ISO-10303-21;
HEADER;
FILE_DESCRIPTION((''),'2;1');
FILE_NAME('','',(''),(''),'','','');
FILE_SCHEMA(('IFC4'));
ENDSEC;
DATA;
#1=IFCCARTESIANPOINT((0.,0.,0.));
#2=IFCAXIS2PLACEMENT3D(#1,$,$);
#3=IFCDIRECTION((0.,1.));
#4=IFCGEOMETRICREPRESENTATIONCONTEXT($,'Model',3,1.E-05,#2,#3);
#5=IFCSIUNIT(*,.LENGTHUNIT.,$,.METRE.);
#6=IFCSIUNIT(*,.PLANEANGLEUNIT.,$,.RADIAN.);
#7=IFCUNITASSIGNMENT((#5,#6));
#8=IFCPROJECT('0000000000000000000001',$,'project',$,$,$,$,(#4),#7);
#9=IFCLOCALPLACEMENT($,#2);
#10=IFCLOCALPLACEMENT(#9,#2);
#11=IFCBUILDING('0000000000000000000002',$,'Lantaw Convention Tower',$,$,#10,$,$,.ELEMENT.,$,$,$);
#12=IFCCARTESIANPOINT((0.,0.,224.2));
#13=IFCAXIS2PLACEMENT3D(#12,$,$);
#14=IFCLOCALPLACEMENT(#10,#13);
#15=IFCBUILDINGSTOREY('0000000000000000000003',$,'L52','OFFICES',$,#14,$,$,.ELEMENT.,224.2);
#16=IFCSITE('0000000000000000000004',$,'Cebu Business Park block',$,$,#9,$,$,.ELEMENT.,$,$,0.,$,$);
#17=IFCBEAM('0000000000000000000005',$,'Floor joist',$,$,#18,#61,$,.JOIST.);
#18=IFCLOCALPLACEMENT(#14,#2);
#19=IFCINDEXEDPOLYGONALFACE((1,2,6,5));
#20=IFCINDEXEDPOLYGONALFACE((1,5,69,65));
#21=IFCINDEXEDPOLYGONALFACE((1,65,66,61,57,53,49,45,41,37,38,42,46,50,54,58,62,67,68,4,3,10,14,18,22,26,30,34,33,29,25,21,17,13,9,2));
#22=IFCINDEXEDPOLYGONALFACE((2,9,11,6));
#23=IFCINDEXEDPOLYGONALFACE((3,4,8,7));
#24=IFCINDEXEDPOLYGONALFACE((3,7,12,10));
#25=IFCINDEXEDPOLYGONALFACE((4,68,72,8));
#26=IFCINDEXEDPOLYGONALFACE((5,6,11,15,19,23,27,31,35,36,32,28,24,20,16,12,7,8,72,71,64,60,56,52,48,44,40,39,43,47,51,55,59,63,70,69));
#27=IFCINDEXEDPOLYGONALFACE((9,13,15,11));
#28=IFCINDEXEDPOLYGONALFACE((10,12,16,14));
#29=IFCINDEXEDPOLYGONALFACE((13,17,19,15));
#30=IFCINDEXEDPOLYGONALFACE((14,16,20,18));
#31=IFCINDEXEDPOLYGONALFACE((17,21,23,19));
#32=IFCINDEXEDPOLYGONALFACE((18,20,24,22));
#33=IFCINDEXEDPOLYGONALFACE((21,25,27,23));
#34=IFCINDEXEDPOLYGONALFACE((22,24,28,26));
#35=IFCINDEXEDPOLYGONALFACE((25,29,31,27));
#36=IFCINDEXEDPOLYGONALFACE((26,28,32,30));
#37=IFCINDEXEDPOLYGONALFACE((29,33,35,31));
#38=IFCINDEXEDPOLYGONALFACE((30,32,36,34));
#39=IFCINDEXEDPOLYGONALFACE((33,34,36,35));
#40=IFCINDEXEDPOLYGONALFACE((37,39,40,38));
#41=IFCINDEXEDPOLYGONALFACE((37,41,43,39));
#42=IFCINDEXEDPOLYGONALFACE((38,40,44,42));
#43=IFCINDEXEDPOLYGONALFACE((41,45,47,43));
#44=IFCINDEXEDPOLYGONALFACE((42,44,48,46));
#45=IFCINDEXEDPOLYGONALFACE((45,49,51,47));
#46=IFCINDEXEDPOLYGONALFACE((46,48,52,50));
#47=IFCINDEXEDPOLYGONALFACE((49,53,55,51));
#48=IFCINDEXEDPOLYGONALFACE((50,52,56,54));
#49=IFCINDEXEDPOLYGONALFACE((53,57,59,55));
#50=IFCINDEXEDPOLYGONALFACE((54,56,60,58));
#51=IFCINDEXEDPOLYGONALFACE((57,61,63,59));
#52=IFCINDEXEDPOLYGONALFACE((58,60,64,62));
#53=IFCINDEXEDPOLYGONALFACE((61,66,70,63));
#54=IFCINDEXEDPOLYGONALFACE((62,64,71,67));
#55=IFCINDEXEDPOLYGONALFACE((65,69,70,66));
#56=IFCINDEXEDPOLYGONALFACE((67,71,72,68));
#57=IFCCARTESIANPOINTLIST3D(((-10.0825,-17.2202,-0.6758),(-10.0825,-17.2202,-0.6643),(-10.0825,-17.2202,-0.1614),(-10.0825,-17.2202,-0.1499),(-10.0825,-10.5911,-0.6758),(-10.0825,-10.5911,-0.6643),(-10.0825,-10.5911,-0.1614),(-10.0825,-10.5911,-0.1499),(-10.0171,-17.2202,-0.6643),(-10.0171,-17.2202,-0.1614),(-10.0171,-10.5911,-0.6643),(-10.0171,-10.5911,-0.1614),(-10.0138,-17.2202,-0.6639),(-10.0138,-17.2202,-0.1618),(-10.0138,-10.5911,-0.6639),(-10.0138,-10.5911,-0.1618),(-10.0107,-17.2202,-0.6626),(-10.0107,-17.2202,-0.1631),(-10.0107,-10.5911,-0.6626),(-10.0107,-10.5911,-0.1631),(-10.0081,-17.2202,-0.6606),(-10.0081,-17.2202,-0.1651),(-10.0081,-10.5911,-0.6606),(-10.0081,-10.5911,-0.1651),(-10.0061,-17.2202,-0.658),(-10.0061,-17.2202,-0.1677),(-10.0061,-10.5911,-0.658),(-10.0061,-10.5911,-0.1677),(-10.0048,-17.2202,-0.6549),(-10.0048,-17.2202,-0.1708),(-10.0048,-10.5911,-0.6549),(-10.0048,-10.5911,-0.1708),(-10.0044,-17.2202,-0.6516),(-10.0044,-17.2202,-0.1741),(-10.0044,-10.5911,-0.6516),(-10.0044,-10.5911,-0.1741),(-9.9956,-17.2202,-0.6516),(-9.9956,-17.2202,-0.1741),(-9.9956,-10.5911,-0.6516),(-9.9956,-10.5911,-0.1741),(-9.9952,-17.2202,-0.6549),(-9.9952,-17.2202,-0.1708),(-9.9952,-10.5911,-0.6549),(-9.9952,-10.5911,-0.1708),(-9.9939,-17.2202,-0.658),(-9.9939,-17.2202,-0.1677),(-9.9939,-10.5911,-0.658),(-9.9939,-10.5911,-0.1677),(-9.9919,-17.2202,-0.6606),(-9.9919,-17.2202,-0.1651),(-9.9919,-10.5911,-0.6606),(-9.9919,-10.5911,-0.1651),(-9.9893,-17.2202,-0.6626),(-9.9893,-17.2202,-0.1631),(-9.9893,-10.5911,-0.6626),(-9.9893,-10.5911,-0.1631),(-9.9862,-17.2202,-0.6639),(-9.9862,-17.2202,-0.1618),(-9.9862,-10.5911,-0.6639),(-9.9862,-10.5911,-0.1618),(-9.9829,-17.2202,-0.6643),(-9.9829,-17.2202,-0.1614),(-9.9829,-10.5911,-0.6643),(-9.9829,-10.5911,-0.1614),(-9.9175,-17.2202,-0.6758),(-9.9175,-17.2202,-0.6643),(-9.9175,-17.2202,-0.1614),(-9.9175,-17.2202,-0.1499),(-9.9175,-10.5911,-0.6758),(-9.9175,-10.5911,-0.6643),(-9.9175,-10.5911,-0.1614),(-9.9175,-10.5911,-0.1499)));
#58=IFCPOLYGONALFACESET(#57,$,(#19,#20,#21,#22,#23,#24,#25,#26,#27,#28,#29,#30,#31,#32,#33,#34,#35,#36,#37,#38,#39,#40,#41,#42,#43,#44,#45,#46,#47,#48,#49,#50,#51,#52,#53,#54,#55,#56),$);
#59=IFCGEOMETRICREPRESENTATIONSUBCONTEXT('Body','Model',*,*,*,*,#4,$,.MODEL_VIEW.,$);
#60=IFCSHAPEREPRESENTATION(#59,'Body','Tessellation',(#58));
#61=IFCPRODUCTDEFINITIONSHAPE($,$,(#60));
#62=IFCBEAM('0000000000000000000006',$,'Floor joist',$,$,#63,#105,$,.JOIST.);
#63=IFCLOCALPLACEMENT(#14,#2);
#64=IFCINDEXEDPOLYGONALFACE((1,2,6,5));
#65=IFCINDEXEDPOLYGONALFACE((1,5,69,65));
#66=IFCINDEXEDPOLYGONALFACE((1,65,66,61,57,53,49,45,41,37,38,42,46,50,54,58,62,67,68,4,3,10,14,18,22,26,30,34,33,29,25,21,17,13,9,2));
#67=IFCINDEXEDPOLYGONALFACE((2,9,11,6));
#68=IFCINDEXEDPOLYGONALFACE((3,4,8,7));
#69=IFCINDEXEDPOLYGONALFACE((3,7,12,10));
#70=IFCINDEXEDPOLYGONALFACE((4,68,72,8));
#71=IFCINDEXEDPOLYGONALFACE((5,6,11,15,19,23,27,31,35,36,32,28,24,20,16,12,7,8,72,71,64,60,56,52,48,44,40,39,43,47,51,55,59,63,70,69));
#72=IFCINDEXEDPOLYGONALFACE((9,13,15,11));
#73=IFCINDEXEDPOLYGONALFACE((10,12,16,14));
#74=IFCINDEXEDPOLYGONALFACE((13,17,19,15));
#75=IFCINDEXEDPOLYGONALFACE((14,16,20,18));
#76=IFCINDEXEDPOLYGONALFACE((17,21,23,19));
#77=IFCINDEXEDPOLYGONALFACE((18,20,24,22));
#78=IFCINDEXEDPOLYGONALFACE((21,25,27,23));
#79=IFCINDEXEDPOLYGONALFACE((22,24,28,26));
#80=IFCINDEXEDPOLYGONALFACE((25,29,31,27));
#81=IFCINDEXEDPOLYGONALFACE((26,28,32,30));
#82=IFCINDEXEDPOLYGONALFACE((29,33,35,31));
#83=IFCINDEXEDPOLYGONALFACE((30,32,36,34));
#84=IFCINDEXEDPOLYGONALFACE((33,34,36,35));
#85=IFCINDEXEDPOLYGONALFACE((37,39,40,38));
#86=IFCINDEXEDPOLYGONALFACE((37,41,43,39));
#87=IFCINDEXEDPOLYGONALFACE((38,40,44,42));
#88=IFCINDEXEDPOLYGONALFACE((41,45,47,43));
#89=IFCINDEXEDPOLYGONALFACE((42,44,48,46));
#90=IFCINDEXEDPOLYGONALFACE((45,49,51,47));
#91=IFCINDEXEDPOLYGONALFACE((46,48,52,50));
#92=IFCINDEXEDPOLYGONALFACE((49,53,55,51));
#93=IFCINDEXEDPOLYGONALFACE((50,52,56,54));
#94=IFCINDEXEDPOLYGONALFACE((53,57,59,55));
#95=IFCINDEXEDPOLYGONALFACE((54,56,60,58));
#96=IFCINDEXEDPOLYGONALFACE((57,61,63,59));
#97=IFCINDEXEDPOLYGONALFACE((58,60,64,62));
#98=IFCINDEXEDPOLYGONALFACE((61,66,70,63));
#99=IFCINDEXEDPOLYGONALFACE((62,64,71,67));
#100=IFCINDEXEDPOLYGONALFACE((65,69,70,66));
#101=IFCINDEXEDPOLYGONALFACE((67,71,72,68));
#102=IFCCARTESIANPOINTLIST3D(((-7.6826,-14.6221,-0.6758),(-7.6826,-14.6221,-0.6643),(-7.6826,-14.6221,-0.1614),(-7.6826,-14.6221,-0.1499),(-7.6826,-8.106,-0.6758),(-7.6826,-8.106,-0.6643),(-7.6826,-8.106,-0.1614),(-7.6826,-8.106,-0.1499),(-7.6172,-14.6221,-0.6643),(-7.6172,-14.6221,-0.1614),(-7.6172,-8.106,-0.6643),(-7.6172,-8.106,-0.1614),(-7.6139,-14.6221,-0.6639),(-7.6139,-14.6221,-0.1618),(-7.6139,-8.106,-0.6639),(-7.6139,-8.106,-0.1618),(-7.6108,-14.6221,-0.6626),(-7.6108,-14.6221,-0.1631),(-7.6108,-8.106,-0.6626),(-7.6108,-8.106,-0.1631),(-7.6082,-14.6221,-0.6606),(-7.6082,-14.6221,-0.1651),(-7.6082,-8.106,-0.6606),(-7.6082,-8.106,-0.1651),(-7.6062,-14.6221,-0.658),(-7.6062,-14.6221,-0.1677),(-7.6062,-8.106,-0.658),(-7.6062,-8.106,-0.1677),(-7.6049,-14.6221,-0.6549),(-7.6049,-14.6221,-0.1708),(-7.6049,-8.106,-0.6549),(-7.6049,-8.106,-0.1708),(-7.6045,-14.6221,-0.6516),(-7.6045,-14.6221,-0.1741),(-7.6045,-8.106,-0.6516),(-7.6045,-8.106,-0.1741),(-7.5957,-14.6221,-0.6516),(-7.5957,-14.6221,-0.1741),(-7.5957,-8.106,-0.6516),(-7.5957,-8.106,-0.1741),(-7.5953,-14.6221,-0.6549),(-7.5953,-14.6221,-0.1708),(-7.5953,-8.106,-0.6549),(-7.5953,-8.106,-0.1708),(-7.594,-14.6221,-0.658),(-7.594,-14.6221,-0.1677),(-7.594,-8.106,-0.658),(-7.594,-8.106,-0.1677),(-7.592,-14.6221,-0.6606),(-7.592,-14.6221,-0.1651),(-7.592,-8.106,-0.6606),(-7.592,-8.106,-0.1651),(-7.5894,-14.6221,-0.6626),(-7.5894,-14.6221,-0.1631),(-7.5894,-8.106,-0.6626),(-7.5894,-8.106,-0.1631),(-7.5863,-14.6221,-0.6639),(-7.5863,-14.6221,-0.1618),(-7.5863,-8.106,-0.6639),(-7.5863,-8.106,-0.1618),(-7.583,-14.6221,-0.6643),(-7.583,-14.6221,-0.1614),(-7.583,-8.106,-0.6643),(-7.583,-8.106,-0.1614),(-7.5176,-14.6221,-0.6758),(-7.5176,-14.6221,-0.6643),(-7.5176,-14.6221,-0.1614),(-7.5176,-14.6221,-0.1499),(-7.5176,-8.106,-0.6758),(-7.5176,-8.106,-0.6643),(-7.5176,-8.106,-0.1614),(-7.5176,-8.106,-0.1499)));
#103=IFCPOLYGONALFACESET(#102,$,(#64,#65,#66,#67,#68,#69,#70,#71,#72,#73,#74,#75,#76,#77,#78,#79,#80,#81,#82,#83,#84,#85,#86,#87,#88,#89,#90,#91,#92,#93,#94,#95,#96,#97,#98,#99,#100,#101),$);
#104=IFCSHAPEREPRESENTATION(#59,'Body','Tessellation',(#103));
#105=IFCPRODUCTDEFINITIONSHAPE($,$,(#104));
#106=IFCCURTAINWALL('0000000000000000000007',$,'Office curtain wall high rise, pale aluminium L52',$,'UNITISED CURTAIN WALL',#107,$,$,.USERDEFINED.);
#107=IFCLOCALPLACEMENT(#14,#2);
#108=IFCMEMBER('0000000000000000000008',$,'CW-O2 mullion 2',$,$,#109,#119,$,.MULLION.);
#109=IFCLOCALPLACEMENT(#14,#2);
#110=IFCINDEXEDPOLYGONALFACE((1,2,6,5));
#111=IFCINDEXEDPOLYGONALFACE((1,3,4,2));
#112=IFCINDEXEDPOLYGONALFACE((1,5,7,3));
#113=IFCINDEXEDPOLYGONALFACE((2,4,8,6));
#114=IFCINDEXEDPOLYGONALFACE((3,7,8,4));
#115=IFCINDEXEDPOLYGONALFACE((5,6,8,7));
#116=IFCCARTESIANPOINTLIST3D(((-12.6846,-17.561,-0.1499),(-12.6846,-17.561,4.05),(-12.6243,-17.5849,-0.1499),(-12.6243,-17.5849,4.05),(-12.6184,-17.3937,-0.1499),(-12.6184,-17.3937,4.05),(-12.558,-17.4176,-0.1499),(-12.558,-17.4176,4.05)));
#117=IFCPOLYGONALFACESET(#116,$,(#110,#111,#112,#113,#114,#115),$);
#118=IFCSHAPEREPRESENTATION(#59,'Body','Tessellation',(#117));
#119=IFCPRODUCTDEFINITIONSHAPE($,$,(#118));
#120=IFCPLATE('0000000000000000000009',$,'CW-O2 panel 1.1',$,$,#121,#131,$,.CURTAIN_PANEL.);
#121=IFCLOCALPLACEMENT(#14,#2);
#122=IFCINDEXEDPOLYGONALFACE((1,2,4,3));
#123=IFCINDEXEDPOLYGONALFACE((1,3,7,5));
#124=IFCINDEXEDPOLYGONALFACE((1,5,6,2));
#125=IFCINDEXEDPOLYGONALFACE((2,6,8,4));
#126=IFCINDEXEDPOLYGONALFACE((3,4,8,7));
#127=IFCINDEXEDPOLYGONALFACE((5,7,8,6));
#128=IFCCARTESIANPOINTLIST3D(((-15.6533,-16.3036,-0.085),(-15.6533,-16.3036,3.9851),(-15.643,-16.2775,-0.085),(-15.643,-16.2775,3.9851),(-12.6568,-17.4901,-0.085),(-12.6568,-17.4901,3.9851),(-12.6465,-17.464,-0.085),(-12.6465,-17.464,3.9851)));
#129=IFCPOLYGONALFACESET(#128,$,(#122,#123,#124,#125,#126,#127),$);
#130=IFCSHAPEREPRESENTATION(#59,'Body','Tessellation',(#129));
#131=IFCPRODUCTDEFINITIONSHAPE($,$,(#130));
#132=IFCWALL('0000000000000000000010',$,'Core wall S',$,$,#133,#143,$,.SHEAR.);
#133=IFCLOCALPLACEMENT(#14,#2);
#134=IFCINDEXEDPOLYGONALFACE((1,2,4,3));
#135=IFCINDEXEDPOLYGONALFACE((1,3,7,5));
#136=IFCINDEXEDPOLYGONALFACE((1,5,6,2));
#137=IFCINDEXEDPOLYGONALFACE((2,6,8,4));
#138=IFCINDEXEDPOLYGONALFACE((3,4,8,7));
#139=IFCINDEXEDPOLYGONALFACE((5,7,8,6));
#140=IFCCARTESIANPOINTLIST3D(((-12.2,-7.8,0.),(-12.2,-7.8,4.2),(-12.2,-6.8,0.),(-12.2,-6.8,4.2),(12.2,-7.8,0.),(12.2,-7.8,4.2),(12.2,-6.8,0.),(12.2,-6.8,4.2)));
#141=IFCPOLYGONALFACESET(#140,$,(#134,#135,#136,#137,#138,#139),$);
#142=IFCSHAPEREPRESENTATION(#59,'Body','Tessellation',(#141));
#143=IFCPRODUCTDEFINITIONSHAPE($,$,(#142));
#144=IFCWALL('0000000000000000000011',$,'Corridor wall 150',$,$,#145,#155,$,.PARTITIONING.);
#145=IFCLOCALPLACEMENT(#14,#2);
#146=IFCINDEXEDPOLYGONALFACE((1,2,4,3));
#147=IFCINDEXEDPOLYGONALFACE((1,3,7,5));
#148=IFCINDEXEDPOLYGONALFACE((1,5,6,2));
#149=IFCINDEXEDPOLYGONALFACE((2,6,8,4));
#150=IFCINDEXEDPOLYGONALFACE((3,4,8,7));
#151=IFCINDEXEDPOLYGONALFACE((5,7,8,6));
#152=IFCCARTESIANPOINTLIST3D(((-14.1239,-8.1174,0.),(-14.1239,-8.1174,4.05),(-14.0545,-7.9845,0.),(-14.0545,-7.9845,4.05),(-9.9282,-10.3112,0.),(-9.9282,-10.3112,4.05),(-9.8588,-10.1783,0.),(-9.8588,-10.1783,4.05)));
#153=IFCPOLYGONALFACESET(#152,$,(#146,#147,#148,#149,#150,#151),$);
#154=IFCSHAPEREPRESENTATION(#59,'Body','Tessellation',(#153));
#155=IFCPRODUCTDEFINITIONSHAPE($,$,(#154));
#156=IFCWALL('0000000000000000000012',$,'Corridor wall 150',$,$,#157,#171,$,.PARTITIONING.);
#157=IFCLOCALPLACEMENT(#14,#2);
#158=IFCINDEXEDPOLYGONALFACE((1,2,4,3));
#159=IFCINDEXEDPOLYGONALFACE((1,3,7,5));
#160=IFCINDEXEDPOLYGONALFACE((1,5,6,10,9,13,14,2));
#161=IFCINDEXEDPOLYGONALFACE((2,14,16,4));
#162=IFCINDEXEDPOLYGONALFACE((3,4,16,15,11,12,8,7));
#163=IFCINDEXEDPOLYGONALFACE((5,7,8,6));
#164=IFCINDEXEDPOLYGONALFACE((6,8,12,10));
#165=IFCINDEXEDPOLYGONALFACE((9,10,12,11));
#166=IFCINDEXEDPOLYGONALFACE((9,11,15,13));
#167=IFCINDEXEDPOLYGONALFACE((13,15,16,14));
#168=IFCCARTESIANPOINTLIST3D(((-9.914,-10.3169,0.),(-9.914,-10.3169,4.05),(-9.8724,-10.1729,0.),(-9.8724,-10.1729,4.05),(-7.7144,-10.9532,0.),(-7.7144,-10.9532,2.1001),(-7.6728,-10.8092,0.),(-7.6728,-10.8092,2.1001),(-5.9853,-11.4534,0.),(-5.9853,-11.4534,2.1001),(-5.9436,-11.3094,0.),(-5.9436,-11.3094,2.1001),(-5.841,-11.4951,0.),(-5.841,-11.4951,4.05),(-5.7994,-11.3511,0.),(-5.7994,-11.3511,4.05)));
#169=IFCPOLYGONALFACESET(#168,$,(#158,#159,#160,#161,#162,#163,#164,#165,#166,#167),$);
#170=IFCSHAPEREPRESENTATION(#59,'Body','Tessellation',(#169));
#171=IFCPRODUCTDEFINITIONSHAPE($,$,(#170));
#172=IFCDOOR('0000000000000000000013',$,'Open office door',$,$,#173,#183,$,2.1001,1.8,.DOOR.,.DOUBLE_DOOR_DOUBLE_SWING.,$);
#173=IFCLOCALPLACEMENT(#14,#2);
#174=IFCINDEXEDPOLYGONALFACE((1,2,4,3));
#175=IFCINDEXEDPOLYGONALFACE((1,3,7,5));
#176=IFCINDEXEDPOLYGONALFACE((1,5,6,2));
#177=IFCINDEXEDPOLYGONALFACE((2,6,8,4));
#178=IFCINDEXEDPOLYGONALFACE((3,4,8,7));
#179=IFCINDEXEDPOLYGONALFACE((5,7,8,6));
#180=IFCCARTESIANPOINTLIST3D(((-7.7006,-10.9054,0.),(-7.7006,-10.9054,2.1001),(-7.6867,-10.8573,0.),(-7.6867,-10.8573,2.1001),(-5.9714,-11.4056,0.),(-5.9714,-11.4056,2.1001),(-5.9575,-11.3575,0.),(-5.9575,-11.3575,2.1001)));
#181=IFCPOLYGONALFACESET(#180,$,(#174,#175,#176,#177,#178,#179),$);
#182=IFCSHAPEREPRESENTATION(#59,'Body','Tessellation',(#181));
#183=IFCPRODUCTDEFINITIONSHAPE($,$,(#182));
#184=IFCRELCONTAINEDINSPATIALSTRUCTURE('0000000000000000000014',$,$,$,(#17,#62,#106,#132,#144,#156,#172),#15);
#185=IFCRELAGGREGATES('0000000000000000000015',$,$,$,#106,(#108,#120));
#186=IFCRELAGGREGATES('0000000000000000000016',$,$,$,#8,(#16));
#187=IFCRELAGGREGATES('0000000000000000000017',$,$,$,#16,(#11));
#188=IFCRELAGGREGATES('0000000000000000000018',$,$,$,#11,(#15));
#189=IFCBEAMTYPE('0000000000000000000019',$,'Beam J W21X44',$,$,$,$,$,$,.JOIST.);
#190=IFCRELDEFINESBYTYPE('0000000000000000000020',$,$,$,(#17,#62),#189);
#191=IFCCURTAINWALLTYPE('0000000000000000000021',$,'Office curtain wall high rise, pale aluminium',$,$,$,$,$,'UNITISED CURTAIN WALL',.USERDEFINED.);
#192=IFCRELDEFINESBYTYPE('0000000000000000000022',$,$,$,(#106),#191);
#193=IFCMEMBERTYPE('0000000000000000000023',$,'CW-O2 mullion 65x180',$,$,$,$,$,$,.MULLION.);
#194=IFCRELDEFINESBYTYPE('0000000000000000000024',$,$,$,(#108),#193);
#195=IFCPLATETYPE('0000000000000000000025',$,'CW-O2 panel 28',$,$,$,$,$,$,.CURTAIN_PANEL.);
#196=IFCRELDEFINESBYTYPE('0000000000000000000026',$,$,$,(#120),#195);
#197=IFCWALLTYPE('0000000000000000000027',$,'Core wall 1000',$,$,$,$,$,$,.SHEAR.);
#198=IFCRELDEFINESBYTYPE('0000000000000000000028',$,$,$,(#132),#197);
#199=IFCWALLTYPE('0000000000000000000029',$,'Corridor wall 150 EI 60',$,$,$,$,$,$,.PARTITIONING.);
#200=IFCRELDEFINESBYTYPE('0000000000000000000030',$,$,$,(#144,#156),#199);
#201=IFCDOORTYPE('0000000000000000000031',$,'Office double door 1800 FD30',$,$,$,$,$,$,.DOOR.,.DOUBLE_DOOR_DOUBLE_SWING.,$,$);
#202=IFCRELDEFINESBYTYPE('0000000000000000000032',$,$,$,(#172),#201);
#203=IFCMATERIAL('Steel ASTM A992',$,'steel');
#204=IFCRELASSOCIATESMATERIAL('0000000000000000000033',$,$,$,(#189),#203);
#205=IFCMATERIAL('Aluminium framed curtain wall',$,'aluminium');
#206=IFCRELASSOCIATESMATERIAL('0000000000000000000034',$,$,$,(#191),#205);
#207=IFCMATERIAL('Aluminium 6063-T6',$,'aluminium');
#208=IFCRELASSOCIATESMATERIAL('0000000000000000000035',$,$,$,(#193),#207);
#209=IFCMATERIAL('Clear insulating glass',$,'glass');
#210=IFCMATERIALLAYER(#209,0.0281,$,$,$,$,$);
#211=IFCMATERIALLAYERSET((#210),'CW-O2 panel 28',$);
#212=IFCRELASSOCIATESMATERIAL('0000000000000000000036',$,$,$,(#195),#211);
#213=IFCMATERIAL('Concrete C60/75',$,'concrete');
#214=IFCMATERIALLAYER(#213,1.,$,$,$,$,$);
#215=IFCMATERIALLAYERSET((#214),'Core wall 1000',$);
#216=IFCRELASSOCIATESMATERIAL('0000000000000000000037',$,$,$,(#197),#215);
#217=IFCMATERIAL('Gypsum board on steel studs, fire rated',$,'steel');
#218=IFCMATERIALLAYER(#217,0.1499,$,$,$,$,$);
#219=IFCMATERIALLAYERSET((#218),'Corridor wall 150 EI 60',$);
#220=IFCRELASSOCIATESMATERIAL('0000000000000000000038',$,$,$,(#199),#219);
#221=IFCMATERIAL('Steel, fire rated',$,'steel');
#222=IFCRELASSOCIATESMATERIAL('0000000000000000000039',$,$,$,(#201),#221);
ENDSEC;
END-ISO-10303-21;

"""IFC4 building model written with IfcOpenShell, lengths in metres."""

from ifc_helpers import new_model, si_unit, direction, frame, frame_2d, origin, origin_2d, place, context, subcontext, project, spatial, rectangle, i_section, extrude, material, layer, layer_set, material_profile, profile_set, type_object, element, fill, aggregate, save


model = new_model("IFC4")

# Units and contexts
model_context = context("Model", 3, precision=1e-05, world=origin(), true_north=direction((0.0, 1.0)))
body_context = subcontext(model_context, "Body", "Model", "MODEL_VIEW")
ifc_project = project(units=[si_unit("LENGTHUNIT", "METRE"), si_unit("PLANEANGLEUNIT", "RADIAN")], contexts=[model_context])

# Site, building, storey
site_placement = place(None, origin())
site = spatial("IfcSite", under=ifc_project, at=site_placement, Name="Cebu Business Park block", CompositionType="ELEMENT", RefElevation=0.0)
building_placement = place(site_placement, origin())
building = spatial("IfcBuilding", under=site, at=building_placement, Name="Lantaw Convention Tower", CompositionType="ELEMENT")
storey_placement = place(building_placement, frame((0.0, 0.0, 224.2)))
storey = spatial("IfcBuildingStorey", under=building, at=storey_placement, Name="L52", Description="OFFICES", CompositionType="ELEMENT", Elevation=224.2)

# Shared definitions
ifc_material_1 = material(Name="Concrete C60/75", Category="concrete")

# Beams
ifc_material_2 = material(Name="Steel ASTM A992", Category="steel")
ifc_material_profile_1 = material_profile(ifc_material_2, i_section(OverallWidth=0.165, OverallDepth=0.5259, WebThickness=0.0088, FlangeThickness=0.0115, FilletRadius=0.0127, at=origin_2d()), Name="W21X44")
ifc_profile_set_1 = profile_set([ifc_material_profile_1], Name="Steel ASTM A992")
beam_type_1 = type_object("IfcBeamType", Name="Beam J W21X44", PredefinedType="JOIST", material=ifc_profile_set_1)
beam_1_placement = place(storey_placement, frame((-10.0, -17.2202, -0.4128), z_axis=(0.0, 1.0, 0.0), x_axis=(-1.0, 0.0, 0.0)))
element("IfcBeam", 1, at=beam_1_placement, inside=storey, type_object=beam_type_1, Name="Floor joist", PredefinedType="JOIST", context=body_context, shape_type="SweptSolid", body=[
    extrude(i_section(OverallWidth=0.165, OverallDepth=0.5259, WebThickness=0.0088, FlangeThickness=0.0115, FilletRadius=0.0127, at=origin_2d()), origin(), (0.0, 0.0, 1.0), 6.6292),
])
beam_2_placement = place(storey_placement, frame((-7.6001, -14.6221, -0.4128), z_axis=(0.0, 1.0, 0.0), x_axis=(-1.0, 0.0, 0.0)))
element("IfcBeam", 2, at=beam_2_placement, inside=storey, type_object=beam_type_1, Name="Floor joist", PredefinedType="JOIST", context=body_context, shape_type="SweptSolid", body=[
    extrude(i_section(OverallWidth=0.165, OverallDepth=0.5259, WebThickness=0.0088, FlangeThickness=0.0115, FilletRadius=0.0127, at=origin_2d()), origin(), (0.0, 0.0, 1.0), 6.5161),
])

# Curtain wall, member, plate
ifc_material_3 = material(Name="Aluminium framed curtain wall", Category="aluminium")
curtain_wall_type = type_object("IfcCurtainWallType", Name="Office curtain wall high rise, pale aluminium", ElementType="UNITISED CURTAIN WALL", PredefinedType="USERDEFINED", material=ifc_material_3)
curtain_wall_placement = place(storey_placement, origin())
curtain_wall = element("IfcCurtainWall", 3, at=curtain_wall_placement, inside=storey, type_object=curtain_wall_type, Name="Office curtain wall high rise, pale aluminium L52", ObjectType="UNITISED CURTAIN WALL", PredefinedType="USERDEFINED")
ifc_material_4 = material(Name="Aluminium 6063-T6", Category="aluminium")
ifc_material_profile_2 = material_profile(ifc_material_4, rectangle(XDim=0.1799, YDim=0.0649, at=origin_2d()), Name="CW-O2 mullion 65x180")
ifc_profile_set_2 = profile_set([ifc_material_profile_2], Name="Aluminium 6063-T6")
member_type = type_object("IfcMemberType", Name="CW-O2 mullion 65x180", PredefinedType="MULLION", material=ifc_profile_set_2)
member_placement = place(storey_placement, frame((-12.6213, -17.4893, -0.1499), z_axis=(0.0, 0.0, 1.0), x_axis=(0.368162, 0.929762, 0.0)))
member = element("IfcMember", 4, at=member_placement, type_object=member_type, Name="CW-O2 mullion 2", PredefinedType="MULLION", context=body_context, shape_type="SweptSolid", body=[
    extrude(rectangle(XDim=0.1799, YDim=0.0649, at=origin_2d()), origin(), (0.0, 0.0, 1.0), 4.2),
])
ifc_material_5 = material(Name="Clear insulating glass", Category="glass")
ifc_layer_1 = layer(ifc_material_5, 0.0281)
ifc_layer_set_1 = layer_set([ifc_layer_1], Name="CW-O2 panel 28")
plate_type = type_object("IfcPlateType", Name="CW-O2 panel 28", PredefinedType="CURTAIN_PANEL", material=ifc_layer_set_1)
plate_placement = place(storey_placement, frame((-14.1499, -16.8838, -0.085), z_axis=(0.0, 0.0, 1.0), x_axis=(0.929762, -0.368162, 0.0)))
plate = element("IfcPlate", 5, at=plate_placement, type_object=plate_type, Name="CW-O2 panel 1.1", PredefinedType="CURTAIN_PANEL", context=body_context, shape_type="SweptSolid", body=[
    extrude(rectangle(XDim=3.2229, YDim=0.0281, at=origin_2d()), origin(), (0.0, 0.0, 1.0), 4.0701),
])
aggregate(curtain_wall, [member, plate])

# Walls
ifc_layer_2 = layer(ifc_material_1, 1.0)
ifc_layer_set_2 = layer_set([ifc_layer_2], Name="Core wall 1000")
wall_type_1 = type_object("IfcWallType", Name="Core wall 1000", PredefinedType="SHEAR", material=ifc_layer_set_2)
wall_1_placement = place(storey_placement, frame((-12.2, -7.3, 0.0), z_axis=(0.0, 0.0, 1.0), x_axis=(1.0, 0.0, 0.0)))
element("IfcWall", 6, at=wall_1_placement, inside=storey, type_object=wall_type_1, Name="Core wall S", PredefinedType="SHEAR", context=body_context, shape_type="SweptSolid", body=[
    extrude(rectangle(XDim=24.3999, YDim=1.0, at=frame_2d((12.2, 0.0))), origin(), (0.0, 0.0, 1.0), 4.2),
])
ifc_material_6 = material(Name="Gypsum board on steel studs, fire rated", Category="steel")
ifc_layer_3 = layer(ifc_material_6, 0.1499)
ifc_layer_set_3 = layer_set([ifc_layer_3], Name="Corridor wall 150 EI 60")
wall_type_2 = type_object("IfcWallType", Name="Corridor wall 150 EI 60", PredefinedType="PARTITIONING", material=ifc_layer_set_3)
wall_2_placement = place(storey_placement, frame((-14.0891, -8.051, 0.0), z_axis=(0.0, 0.0, 1.0), x_axis=(0.886174, -0.463352, 0.0)))
element("IfcWall", 7, at=wall_2_placement, inside=storey, type_object=wall_type_2, Name="Corridor wall 150", PredefinedType="PARTITIONING", context=body_context, shape_type="SweptSolid", body=[
    extrude(rectangle(XDim=4.7346, YDim=0.1499, at=frame_2d((2.3672, 0.0))), origin(), (0.0, 0.0, 1.0), 4.05),
])

# Wall, opening, door
wall_3_placement = place(storey_placement, frame((-9.8933, -10.2449, 0.0), z_axis=(0.0, 0.0, 1.0), x_axis=(0.960615, -0.277883, 0.0)))
wall_3 = element("IfcWall", 8, at=wall_3_placement, inside=storey, type_object=wall_type_2, Name="Corridor wall 150", PredefinedType="PARTITIONING", context=body_context, shape_type="SweptSolid", body=[
    extrude(rectangle(XDim=4.24, YDim=0.1499, at=frame_2d((2.1201, 0.0))), origin(), (0.0, 0.0, 1.0), 4.05),
])
opening_1_placement = place(wall_3_placement, frame((2.29, 0.0, 0.0)))
opening_1 = element("IfcOpeningElement", 9, at=opening_1_placement, cuts=wall_3, PredefinedType="OPENING", context=body_context, shape_type="SweptSolid", body=[
    extrude(rectangle(XDim=1.8, YDim=2.1001, at=frame_2d((0.8999, 1.05))), frame((0.0, 0.085, 0.0), z_axis=(0.0, -1.0, 0.0), x_axis=(1.0, 0.0, 0.0)), (0.0, 0.0, 1.0), 0.1699),
])
ifc_material_7 = material(Name="Steel, fire rated", Category="steel")
door_type_1 = type_object("IfcDoorType", Name="Office double door 1800 FD30", OperationType="DOUBLE_DOOR_DOUBLE_SWING", PredefinedType="DOOR", material=ifc_material_7)
door_1_placement = place(opening_1_placement, origin())
door_1 = element("IfcDoor", 10, at=door_1_placement, inside=storey, type_object=door_type_1, Name="Open office door", OperationType="DOUBLE_DOOR_DOUBLE_SWING", OverallHeight=2.1001, OverallWidth=1.8, PredefinedType="DOOR", context=body_context, shape_type="SweptSolid", body=[
    extrude(rectangle(XDim=1.8, YDim=2.1001, at=frame_2d((0.8999, 1.05))), frame((0.0, 0.0249, 0.0), z_axis=(0.0, -1.0, 0.0), x_axis=(1.0, 0.0, 0.0)), (0.0, 0.0, 1.0), 0.05),
])
fill(opening_1, door_1)

save(model, "model.ifc")
